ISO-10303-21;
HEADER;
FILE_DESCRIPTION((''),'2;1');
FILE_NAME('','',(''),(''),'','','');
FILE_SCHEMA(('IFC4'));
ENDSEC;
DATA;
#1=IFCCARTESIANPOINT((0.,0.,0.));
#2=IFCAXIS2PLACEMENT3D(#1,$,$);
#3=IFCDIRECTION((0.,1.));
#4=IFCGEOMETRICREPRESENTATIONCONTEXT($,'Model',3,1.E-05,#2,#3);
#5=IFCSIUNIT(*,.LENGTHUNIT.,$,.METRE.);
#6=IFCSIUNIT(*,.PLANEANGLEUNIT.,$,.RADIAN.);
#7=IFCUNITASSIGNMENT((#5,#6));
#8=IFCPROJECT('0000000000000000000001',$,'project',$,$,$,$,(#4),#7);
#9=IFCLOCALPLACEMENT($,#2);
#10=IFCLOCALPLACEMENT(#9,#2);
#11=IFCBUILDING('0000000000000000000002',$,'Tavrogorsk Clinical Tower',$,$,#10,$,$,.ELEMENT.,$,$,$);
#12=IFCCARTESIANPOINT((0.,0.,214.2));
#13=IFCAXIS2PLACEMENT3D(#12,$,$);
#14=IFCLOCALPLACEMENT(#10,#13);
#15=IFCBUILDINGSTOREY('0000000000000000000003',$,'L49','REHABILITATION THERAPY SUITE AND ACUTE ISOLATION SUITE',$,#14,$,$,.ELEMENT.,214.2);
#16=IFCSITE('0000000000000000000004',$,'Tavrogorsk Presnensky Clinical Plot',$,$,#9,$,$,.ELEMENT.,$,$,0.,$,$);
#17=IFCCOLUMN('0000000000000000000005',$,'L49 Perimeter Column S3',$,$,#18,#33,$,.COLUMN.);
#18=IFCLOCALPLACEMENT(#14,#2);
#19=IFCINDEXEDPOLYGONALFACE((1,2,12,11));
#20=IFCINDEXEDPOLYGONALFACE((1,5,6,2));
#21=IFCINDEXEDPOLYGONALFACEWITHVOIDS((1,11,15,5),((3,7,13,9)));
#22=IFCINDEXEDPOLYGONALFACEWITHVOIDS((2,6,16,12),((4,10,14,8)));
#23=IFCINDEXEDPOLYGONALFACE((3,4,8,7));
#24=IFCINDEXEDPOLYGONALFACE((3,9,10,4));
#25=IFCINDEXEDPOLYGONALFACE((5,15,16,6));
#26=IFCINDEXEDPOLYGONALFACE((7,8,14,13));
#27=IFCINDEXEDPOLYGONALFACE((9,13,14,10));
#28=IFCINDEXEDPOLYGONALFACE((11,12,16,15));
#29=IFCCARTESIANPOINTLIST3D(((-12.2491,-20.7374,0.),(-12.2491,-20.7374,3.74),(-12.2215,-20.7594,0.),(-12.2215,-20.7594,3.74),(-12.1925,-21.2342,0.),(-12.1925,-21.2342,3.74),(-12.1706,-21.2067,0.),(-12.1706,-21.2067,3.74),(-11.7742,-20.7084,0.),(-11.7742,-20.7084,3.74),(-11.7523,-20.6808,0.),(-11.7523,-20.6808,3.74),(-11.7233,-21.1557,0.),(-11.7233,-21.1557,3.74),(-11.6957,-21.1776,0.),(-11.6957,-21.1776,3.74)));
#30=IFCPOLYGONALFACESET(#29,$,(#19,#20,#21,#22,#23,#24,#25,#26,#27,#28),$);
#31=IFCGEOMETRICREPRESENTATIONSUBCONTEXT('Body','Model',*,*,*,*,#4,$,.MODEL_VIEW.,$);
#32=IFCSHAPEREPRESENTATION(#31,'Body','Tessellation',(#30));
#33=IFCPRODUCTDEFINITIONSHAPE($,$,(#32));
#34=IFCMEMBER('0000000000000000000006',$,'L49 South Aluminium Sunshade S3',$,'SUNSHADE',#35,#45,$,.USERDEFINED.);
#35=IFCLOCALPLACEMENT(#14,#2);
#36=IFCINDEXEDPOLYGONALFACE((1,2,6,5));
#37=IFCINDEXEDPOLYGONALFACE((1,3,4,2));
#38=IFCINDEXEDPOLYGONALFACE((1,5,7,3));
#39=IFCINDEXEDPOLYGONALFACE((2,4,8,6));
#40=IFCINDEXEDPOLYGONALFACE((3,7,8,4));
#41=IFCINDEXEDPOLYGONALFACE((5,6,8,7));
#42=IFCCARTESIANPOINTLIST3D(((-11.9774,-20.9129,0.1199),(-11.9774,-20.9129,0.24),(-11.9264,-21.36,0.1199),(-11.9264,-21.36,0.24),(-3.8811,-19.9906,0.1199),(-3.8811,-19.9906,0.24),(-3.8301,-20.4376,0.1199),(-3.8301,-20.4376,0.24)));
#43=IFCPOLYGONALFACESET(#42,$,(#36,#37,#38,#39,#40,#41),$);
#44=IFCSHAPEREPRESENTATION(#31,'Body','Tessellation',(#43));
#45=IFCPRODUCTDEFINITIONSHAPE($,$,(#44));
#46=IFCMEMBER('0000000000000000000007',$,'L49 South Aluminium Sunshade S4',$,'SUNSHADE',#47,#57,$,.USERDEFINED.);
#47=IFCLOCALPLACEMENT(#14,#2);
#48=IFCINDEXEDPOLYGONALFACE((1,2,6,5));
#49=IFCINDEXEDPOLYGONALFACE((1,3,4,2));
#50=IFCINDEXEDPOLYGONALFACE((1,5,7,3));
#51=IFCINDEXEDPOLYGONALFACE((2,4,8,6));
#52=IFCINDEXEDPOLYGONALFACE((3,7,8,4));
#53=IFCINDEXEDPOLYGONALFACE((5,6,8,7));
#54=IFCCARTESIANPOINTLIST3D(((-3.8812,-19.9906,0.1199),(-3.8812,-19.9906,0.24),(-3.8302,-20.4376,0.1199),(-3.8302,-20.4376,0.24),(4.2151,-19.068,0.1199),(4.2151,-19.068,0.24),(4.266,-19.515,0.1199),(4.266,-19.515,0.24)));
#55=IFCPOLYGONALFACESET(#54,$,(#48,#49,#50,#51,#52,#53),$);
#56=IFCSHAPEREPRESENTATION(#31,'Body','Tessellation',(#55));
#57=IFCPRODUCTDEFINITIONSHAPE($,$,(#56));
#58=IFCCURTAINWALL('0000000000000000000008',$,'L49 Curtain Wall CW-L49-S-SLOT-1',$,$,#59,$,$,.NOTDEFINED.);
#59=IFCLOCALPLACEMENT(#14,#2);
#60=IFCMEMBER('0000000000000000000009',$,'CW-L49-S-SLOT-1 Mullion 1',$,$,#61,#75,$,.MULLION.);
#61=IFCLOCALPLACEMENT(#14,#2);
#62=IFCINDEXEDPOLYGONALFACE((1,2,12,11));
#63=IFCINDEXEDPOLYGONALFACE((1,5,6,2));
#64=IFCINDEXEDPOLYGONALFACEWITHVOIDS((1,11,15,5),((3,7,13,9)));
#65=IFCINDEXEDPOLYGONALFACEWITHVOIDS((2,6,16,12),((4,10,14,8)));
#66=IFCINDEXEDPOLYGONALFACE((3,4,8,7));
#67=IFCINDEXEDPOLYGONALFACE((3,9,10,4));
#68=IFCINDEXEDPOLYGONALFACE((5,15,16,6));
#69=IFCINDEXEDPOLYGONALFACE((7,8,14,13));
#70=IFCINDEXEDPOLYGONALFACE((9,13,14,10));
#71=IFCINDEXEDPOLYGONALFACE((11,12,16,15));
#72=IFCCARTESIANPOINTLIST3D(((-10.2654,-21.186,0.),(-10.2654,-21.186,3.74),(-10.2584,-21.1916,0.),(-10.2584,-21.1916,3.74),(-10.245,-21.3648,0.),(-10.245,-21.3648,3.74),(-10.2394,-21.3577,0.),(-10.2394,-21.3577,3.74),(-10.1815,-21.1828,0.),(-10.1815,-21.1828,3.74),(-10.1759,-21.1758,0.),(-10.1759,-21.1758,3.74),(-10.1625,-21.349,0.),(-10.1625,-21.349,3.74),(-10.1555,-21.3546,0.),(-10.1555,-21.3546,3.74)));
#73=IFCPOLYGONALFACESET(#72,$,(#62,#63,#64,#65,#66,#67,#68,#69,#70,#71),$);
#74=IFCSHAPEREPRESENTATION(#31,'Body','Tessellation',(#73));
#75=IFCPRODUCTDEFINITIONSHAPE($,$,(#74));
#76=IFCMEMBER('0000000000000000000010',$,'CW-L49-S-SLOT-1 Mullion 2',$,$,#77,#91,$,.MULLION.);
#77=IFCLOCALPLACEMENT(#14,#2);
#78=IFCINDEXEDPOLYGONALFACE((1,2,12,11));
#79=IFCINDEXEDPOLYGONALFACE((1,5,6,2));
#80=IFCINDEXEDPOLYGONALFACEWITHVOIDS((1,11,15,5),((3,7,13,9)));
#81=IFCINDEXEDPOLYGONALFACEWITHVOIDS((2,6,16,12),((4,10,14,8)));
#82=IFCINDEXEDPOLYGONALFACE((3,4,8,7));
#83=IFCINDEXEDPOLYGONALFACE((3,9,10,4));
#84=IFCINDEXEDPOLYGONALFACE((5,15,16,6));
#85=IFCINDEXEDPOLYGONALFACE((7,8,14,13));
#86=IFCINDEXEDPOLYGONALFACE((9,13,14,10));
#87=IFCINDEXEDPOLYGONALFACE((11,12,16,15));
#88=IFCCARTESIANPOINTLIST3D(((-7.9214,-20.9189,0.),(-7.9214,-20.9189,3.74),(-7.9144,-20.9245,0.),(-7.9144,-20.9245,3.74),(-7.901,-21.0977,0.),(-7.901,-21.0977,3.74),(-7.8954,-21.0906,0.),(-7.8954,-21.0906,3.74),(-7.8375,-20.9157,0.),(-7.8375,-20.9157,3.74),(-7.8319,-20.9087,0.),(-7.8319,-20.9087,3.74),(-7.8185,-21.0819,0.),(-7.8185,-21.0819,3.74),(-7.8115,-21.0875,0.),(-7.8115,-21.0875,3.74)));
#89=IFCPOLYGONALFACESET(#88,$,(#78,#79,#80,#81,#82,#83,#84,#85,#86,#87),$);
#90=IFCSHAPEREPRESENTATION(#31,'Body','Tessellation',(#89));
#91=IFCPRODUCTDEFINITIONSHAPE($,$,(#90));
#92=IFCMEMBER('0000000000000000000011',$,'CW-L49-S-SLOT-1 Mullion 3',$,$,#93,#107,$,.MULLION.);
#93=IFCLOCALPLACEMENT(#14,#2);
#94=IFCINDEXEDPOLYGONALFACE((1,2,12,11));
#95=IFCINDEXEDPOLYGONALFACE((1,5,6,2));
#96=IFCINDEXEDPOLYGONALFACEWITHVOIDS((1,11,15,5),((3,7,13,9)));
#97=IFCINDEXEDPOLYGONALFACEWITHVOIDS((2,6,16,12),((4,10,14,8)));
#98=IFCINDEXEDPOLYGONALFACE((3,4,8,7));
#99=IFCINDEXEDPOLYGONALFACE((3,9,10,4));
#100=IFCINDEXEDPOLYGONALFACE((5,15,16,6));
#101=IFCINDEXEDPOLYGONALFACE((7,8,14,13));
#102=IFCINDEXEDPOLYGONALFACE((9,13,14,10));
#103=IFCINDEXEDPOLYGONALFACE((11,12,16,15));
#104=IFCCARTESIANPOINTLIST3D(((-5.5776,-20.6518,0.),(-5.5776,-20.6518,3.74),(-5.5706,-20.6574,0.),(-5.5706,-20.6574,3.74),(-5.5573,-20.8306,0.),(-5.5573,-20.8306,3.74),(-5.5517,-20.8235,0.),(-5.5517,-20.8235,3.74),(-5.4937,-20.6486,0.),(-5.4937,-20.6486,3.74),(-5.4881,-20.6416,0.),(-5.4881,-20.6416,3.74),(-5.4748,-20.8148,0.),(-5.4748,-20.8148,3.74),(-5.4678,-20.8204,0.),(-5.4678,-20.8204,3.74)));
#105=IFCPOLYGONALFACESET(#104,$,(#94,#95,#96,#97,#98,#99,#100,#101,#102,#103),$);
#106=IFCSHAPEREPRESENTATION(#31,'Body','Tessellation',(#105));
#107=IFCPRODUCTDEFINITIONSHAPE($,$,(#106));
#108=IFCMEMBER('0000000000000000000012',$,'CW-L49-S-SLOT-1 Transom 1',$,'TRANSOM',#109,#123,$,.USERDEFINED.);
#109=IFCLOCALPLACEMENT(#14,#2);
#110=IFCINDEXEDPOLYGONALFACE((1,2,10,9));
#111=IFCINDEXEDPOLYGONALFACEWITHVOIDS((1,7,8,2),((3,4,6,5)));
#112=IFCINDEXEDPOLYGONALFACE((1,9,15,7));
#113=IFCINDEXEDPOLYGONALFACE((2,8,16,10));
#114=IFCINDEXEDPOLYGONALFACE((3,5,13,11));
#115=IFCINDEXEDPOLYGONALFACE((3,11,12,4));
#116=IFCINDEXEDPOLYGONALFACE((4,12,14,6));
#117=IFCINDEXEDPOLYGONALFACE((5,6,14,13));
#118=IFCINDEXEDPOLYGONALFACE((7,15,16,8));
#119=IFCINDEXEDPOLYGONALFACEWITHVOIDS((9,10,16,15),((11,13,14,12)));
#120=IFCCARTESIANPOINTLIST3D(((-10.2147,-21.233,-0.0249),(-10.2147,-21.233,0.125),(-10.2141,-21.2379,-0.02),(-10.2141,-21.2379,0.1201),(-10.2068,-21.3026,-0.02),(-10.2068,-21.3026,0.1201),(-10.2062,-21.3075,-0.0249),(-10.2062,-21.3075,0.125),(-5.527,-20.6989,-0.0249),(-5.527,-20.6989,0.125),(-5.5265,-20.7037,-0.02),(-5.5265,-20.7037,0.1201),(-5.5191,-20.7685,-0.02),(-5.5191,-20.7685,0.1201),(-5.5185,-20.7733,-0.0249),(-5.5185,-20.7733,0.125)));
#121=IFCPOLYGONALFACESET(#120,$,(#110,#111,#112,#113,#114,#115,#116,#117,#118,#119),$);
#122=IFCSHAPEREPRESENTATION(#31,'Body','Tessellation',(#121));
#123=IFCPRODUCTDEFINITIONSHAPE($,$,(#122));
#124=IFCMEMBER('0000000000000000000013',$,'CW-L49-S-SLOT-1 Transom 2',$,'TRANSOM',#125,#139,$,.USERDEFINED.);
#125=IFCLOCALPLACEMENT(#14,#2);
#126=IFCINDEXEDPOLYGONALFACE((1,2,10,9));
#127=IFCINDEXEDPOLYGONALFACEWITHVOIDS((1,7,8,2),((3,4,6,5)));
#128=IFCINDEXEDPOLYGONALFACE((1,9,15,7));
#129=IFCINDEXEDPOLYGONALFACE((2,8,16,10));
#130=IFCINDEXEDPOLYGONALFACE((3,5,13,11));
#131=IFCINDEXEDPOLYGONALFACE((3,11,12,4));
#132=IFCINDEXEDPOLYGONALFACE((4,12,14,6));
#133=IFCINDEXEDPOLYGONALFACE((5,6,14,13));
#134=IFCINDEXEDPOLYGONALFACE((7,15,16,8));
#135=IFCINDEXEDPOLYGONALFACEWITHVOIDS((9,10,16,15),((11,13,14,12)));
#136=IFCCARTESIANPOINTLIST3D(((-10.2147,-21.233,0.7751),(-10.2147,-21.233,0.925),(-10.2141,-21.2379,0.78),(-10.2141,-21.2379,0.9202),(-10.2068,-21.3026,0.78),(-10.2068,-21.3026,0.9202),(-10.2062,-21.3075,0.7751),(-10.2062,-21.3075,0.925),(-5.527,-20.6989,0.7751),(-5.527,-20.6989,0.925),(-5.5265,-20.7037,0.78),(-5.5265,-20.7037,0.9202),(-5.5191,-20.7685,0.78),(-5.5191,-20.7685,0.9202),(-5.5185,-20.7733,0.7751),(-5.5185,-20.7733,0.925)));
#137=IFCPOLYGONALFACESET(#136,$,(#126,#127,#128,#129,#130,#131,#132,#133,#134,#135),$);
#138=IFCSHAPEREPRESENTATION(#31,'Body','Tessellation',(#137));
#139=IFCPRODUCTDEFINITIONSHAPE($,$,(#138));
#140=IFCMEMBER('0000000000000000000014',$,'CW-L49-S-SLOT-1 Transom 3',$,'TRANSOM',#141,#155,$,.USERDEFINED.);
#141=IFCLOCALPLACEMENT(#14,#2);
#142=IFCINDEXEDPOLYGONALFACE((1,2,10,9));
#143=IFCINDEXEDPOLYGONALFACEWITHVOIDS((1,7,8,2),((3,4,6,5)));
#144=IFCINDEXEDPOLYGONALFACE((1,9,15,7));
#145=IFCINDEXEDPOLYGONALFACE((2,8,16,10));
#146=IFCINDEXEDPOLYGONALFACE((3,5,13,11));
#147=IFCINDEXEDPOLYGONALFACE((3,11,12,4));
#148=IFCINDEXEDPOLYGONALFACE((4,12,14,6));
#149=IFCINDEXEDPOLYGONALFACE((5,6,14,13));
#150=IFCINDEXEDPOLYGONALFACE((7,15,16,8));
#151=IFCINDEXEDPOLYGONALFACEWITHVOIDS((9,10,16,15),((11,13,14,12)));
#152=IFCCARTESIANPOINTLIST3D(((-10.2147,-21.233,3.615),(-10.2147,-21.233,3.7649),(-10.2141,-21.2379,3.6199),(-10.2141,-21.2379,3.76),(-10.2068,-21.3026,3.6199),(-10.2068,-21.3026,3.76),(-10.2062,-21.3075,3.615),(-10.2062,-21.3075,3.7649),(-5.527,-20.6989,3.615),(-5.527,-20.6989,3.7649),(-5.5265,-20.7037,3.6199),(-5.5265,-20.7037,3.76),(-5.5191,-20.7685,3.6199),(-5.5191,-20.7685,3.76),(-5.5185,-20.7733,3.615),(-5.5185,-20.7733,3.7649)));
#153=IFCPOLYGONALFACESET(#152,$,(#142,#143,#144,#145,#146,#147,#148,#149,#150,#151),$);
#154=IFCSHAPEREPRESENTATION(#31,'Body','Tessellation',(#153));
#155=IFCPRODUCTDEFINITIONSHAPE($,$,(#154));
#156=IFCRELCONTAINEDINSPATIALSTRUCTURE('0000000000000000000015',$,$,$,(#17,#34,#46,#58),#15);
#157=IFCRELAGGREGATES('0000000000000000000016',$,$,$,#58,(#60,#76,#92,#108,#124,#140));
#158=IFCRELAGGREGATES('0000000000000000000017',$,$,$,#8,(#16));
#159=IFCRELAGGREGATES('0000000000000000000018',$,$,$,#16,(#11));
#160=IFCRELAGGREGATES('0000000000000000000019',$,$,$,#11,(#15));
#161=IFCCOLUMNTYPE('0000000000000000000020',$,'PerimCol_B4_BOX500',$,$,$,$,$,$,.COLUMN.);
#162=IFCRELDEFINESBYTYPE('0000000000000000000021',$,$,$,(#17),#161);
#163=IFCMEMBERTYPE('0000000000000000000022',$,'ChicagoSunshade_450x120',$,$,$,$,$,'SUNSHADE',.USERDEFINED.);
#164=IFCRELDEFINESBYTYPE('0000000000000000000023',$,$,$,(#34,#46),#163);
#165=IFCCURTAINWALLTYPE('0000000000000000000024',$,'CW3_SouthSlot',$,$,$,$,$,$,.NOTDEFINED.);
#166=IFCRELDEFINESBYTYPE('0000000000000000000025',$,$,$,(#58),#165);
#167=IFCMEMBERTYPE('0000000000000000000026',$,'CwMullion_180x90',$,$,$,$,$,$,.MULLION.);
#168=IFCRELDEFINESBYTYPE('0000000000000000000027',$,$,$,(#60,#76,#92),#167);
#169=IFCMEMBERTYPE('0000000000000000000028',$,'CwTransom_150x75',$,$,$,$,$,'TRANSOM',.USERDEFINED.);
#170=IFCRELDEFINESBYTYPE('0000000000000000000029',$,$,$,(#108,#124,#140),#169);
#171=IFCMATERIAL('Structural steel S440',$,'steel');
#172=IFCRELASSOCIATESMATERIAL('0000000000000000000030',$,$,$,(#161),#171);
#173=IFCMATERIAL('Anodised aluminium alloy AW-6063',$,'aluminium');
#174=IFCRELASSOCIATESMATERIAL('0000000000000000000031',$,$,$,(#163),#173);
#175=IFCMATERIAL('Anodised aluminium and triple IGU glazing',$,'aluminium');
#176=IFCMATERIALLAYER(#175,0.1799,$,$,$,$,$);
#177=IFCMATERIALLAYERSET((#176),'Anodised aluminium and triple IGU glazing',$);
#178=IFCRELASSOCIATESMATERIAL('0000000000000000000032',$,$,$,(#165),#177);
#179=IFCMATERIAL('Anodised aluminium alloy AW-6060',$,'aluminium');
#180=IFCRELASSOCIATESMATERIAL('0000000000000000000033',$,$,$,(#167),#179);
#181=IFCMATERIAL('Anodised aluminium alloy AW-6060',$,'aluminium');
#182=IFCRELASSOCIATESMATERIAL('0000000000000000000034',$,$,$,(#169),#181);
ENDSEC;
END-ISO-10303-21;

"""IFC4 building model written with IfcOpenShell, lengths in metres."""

from ifc_helpers import new_model, si_unit, direction, frame, origin, origin_2d, place, context, subcontext, project, spatial, rectangle, hollow_rectangle, extrude, material, layer, layer_set, material_profile, profile_set, type_object, element, aggregate, save


model = new_model("IFC4")

# Units and contexts
model_context = context("Model", 3, precision=1e-05, world=origin(), true_north=direction((0.0, 1.0)))
body_context = subcontext(model_context, "Body", "Model", "MODEL_VIEW")
ifc_project = project(units=[si_unit("LENGTHUNIT", "METRE"), si_unit("PLANEANGLEUNIT", "RADIAN")], contexts=[model_context])

# Site, building, storey
site_placement = place(None, origin())
site = spatial("IfcSite", under=ifc_project, at=site_placement, Name="Tavrogorsk Presnensky Clinical Plot", CompositionType="ELEMENT", RefElevation=0.0)
building_placement = place(site_placement, origin())
building = spatial("IfcBuilding", under=site, at=building_placement, Name="Tavrogorsk Clinical Tower", CompositionType="ELEMENT")
storey_placement = place(building_placement, frame((0.0, 0.0, 214.2)))
storey = spatial("IfcBuildingStorey", under=building, at=storey_placement, Name="L49", Description="REHABILITATION THERAPY SUITE AND ACUTE ISOLATION SUITE", CompositionType="ELEMENT", Elevation=214.2)

# Column
ifc_material_1 = material(Name="Structural steel S440", Category="steel")
ifc_material_profile_1 = material_profile(ifc_material_1, hollow_rectangle(XDim=0.5, YDim=0.5, WallThickness=0.0249, at=origin_2d()), Name="BOX-500x500x25")
ifc_profile_set_1 = profile_set([ifc_material_profile_1], Name="Structural steel S440")
column_type = type_object("IfcColumnType", Name="PerimCol_B4_BOX500", PredefinedType="COLUMN", material=ifc_profile_set_1)
column_placement = place(storey_placement, frame((-11.9724, -20.9575, 0.0), z_axis=(0.0, 0.0, 1.0), x_axis=(0.993572, 0.113203, 0.0)))
element("IfcColumn", 1, at=column_placement, inside=storey, type_object=column_type, Name="L49 Perimeter Column S3", PredefinedType="COLUMN", context=body_context, shape_type="SweptSolid", body=[
    extrude(hollow_rectangle(XDim=0.5, YDim=0.5, WallThickness=0.0249, at=origin_2d()), origin(), (0.0, 0.0, 1.0), 3.74),
])

# Members
ifc_material_2 = material(Name="Anodised aluminium alloy AW-6063", Category="aluminium")
ifc_material_profile_2 = material_profile(ifc_material_2, rectangle(XDim=0.45, YDim=0.1201, at=origin_2d()), Name="ALU-SUNSHADE-450x120")
ifc_profile_set_2 = profile_set([ifc_material_profile_2], Name="Anodised aluminium alloy AW-6063")
member_type_1 = type_object("IfcMemberType", Name="ChicagoSunshade_450x120", ElementType="SUNSHADE", PredefinedType="USERDEFINED", material=ifc_profile_set_2)
for number, where, z_axis, x_axis, name in (
    (2, (-11.9519, -21.1365, 0.1799), (0.993573, 0.113193, 0.0), (-0.113193, 0.993573, 0.0), "L49 South Aluminium Sunshade S3"),
    (3, (-3.8557, -20.2141, 0.1799), (0.99357, 0.113223, 0.0), (-0.113223, 0.99357, 0.0), "L49 South Aluminium Sunshade S4"),
):
    element("IfcMember", number, at=place(storey_placement, frame(where, z_axis=z_axis, x_axis=x_axis)), inside=storey, type_object=member_type_1, Name=name, ObjectType="SUNSHADE", PredefinedType="USERDEFINED", context=body_context, shape_type="SweptSolid", body=[
        extrude(rectangle(XDim=0.45, YDim=0.1201, at=origin_2d()), origin(), (0.0, 0.0, 1.0), 8.1487),
    ])

# Curtain wall, members
ifc_material_3 = material(Name="Anodised aluminium and triple IGU glazing", Category="aluminium")
ifc_layer_1 = layer(ifc_material_3, 0.1799)
ifc_layer_set_1 = layer_set([ifc_layer_1], Name="Anodised aluminium and triple IGU glazing")
curtain_wall_type = type_object("IfcCurtainWallType", Name="CW3_SouthSlot", PredefinedType="NOTDEFINED", material=ifc_layer_set_1)
curtain_wall_placement = place(storey_placement, origin())
curtain_wall = element("IfcCurtainWall", 4, at=curtain_wall_placement, inside=storey, type_object=curtain_wall_type, Name="L49 Curtain Wall CW-L49-S-SLOT-1", PredefinedType="NOTDEFINED")
ifc_material_4 = material(Name="Anodised aluminium alloy AW-6060", Category="aluminium")
ifc_material_profile_3 = material_profile(ifc_material_4, hollow_rectangle(XDim=0.0901, YDim=0.1799, WallThickness=0.0063, at=origin_2d()), Name="RHS-180x90x6.3")
ifc_profile_set_3 = profile_set([ifc_material_profile_3], Name="Anodised aluminium alloy AW-6060")
member_type_2 = type_object("IfcMemberType", Name="CwMullion_180x90", PredefinedType="MULLION", material=ifc_profile_set_3)
member_1_placement = place(storey_placement, frame((-10.2104, -21.2703, 0.0), z_axis=(0.0, 0.0, 1.0), x_axis=(0.993572, 0.113203, 0.0)))
member_1 = element("IfcMember", 5, at=member_1_placement, type_object=member_type_2, Name="CW-L49-S-SLOT-1 Mullion 1", PredefinedType="MULLION", context=body_context, shape_type="SweptSolid", body=[
    extrude(hollow_rectangle(XDim=0.0901, YDim=0.1799, WallThickness=0.0063, at=origin_2d()), origin(), (0.0, 0.0, 1.0), 3.74),
])
member_2_placement = place(storey_placement, frame((-7.8665, -21.0032, 0.0), z_axis=(0.0, 0.0, 1.0), x_axis=(0.993572, 0.113203, 0.0)))
member_2 = element("IfcMember", 6, at=member_2_placement, type_object=member_type_2, Name="CW-L49-S-SLOT-1 Mullion 2", PredefinedType="MULLION", context=body_context, shape_type="SweptSolid", body=[
    extrude(hollow_rectangle(XDim=0.0901, YDim=0.1799, WallThickness=0.0063, at=origin_2d()), origin(), (0.0, 0.0, 1.0), 3.74),
])
member_3_placement = place(storey_placement, frame((-5.5227, -20.7361, 0.0), z_axis=(0.0, 0.0, 1.0), x_axis=(0.993572, 0.113203, 0.0)))
member_3 = element("IfcMember", 7, at=member_3_placement, type_object=member_type_2, Name="CW-L49-S-SLOT-1 Mullion 3", PredefinedType="MULLION", context=body_context, shape_type="SweptSolid", body=[
    extrude(hollow_rectangle(XDim=0.0901, YDim=0.1799, WallThickness=0.0063, at=origin_2d()), origin(), (0.0, 0.0, 1.0), 3.74),
])
ifc_material_5 = material(Name="Anodised aluminium alloy AW-6060", Category="aluminium")
ifc_material_profile_4 = material_profile(ifc_material_5, hollow_rectangle(XDim=0.075, YDim=0.1499, WallThickness=0.0049, at=origin_2d()), Name="RHS-150x75x5")
ifc_profile_set_4 = profile_set([ifc_material_profile_4], Name="Anodised aluminium alloy AW-6060")
member_type_3 = type_object("IfcMemberType", Name="CwTransom_150x75", ElementType="TRANSOM", PredefinedType="USERDEFINED", material=ifc_profile_set_4)
member_4_placement = place(storey_placement, frame((-10.2104, -21.2703, 0.05), z_axis=(0.99357, 0.11322, 0.0), x_axis=(-0.11322, 0.99357, 0.0)))
member_4 = element("IfcMember", 8, at=member_4_placement, type_object=member_type_3, Name="CW-L49-S-SLOT-1 Transom 1", ObjectType="TRANSOM", PredefinedType="USERDEFINED", context=body_context, shape_type="SweptSolid", body=[
    extrude(hollow_rectangle(XDim=0.075, YDim=0.1499, WallThickness=0.0049, at=origin_2d()), origin(), (0.0, 0.0, 1.0), 4.718),
])
member_5_placement = place(storey_placement, frame((-10.2104, -21.2703, 0.8501), z_axis=(0.99357, 0.11322, 0.0), x_axis=(-0.11322, 0.99357, 0.0)))
member_5 = element("IfcMember", 9, at=member_5_placement, type_object=member_type_3, Name="CW-L49-S-SLOT-1 Transom 2", ObjectType="TRANSOM", PredefinedType="USERDEFINED", context=body_context, shape_type="SweptSolid", body=[
    extrude(hollow_rectangle(XDim=0.075, YDim=0.1499, WallThickness=0.0049, at=origin_2d()), origin(), (0.0, 0.0, 1.0), 4.718),
])
member_6_placement = place(storey_placement, frame((-10.2104, -21.2703, 3.6899), z_axis=(0.99357, 0.11322, 0.0), x_axis=(-0.11322, 0.99357, 0.0)))
member_6 = element("IfcMember", 10, at=member_6_placement, type_object=member_type_3, Name="CW-L49-S-SLOT-1 Transom 3", ObjectType="TRANSOM", PredefinedType="USERDEFINED", context=body_context, shape_type="SweptSolid", body=[
    extrude(hollow_rectangle(XDim=0.075, YDim=0.1499, WallThickness=0.0049, at=origin_2d()), origin(), (0.0, 0.0, 1.0), 4.718),
])

aggregate(curtain_wall, [member_1, member_2, member_3, member_4, member_5, member_6])

save(model, "model.ifc")
